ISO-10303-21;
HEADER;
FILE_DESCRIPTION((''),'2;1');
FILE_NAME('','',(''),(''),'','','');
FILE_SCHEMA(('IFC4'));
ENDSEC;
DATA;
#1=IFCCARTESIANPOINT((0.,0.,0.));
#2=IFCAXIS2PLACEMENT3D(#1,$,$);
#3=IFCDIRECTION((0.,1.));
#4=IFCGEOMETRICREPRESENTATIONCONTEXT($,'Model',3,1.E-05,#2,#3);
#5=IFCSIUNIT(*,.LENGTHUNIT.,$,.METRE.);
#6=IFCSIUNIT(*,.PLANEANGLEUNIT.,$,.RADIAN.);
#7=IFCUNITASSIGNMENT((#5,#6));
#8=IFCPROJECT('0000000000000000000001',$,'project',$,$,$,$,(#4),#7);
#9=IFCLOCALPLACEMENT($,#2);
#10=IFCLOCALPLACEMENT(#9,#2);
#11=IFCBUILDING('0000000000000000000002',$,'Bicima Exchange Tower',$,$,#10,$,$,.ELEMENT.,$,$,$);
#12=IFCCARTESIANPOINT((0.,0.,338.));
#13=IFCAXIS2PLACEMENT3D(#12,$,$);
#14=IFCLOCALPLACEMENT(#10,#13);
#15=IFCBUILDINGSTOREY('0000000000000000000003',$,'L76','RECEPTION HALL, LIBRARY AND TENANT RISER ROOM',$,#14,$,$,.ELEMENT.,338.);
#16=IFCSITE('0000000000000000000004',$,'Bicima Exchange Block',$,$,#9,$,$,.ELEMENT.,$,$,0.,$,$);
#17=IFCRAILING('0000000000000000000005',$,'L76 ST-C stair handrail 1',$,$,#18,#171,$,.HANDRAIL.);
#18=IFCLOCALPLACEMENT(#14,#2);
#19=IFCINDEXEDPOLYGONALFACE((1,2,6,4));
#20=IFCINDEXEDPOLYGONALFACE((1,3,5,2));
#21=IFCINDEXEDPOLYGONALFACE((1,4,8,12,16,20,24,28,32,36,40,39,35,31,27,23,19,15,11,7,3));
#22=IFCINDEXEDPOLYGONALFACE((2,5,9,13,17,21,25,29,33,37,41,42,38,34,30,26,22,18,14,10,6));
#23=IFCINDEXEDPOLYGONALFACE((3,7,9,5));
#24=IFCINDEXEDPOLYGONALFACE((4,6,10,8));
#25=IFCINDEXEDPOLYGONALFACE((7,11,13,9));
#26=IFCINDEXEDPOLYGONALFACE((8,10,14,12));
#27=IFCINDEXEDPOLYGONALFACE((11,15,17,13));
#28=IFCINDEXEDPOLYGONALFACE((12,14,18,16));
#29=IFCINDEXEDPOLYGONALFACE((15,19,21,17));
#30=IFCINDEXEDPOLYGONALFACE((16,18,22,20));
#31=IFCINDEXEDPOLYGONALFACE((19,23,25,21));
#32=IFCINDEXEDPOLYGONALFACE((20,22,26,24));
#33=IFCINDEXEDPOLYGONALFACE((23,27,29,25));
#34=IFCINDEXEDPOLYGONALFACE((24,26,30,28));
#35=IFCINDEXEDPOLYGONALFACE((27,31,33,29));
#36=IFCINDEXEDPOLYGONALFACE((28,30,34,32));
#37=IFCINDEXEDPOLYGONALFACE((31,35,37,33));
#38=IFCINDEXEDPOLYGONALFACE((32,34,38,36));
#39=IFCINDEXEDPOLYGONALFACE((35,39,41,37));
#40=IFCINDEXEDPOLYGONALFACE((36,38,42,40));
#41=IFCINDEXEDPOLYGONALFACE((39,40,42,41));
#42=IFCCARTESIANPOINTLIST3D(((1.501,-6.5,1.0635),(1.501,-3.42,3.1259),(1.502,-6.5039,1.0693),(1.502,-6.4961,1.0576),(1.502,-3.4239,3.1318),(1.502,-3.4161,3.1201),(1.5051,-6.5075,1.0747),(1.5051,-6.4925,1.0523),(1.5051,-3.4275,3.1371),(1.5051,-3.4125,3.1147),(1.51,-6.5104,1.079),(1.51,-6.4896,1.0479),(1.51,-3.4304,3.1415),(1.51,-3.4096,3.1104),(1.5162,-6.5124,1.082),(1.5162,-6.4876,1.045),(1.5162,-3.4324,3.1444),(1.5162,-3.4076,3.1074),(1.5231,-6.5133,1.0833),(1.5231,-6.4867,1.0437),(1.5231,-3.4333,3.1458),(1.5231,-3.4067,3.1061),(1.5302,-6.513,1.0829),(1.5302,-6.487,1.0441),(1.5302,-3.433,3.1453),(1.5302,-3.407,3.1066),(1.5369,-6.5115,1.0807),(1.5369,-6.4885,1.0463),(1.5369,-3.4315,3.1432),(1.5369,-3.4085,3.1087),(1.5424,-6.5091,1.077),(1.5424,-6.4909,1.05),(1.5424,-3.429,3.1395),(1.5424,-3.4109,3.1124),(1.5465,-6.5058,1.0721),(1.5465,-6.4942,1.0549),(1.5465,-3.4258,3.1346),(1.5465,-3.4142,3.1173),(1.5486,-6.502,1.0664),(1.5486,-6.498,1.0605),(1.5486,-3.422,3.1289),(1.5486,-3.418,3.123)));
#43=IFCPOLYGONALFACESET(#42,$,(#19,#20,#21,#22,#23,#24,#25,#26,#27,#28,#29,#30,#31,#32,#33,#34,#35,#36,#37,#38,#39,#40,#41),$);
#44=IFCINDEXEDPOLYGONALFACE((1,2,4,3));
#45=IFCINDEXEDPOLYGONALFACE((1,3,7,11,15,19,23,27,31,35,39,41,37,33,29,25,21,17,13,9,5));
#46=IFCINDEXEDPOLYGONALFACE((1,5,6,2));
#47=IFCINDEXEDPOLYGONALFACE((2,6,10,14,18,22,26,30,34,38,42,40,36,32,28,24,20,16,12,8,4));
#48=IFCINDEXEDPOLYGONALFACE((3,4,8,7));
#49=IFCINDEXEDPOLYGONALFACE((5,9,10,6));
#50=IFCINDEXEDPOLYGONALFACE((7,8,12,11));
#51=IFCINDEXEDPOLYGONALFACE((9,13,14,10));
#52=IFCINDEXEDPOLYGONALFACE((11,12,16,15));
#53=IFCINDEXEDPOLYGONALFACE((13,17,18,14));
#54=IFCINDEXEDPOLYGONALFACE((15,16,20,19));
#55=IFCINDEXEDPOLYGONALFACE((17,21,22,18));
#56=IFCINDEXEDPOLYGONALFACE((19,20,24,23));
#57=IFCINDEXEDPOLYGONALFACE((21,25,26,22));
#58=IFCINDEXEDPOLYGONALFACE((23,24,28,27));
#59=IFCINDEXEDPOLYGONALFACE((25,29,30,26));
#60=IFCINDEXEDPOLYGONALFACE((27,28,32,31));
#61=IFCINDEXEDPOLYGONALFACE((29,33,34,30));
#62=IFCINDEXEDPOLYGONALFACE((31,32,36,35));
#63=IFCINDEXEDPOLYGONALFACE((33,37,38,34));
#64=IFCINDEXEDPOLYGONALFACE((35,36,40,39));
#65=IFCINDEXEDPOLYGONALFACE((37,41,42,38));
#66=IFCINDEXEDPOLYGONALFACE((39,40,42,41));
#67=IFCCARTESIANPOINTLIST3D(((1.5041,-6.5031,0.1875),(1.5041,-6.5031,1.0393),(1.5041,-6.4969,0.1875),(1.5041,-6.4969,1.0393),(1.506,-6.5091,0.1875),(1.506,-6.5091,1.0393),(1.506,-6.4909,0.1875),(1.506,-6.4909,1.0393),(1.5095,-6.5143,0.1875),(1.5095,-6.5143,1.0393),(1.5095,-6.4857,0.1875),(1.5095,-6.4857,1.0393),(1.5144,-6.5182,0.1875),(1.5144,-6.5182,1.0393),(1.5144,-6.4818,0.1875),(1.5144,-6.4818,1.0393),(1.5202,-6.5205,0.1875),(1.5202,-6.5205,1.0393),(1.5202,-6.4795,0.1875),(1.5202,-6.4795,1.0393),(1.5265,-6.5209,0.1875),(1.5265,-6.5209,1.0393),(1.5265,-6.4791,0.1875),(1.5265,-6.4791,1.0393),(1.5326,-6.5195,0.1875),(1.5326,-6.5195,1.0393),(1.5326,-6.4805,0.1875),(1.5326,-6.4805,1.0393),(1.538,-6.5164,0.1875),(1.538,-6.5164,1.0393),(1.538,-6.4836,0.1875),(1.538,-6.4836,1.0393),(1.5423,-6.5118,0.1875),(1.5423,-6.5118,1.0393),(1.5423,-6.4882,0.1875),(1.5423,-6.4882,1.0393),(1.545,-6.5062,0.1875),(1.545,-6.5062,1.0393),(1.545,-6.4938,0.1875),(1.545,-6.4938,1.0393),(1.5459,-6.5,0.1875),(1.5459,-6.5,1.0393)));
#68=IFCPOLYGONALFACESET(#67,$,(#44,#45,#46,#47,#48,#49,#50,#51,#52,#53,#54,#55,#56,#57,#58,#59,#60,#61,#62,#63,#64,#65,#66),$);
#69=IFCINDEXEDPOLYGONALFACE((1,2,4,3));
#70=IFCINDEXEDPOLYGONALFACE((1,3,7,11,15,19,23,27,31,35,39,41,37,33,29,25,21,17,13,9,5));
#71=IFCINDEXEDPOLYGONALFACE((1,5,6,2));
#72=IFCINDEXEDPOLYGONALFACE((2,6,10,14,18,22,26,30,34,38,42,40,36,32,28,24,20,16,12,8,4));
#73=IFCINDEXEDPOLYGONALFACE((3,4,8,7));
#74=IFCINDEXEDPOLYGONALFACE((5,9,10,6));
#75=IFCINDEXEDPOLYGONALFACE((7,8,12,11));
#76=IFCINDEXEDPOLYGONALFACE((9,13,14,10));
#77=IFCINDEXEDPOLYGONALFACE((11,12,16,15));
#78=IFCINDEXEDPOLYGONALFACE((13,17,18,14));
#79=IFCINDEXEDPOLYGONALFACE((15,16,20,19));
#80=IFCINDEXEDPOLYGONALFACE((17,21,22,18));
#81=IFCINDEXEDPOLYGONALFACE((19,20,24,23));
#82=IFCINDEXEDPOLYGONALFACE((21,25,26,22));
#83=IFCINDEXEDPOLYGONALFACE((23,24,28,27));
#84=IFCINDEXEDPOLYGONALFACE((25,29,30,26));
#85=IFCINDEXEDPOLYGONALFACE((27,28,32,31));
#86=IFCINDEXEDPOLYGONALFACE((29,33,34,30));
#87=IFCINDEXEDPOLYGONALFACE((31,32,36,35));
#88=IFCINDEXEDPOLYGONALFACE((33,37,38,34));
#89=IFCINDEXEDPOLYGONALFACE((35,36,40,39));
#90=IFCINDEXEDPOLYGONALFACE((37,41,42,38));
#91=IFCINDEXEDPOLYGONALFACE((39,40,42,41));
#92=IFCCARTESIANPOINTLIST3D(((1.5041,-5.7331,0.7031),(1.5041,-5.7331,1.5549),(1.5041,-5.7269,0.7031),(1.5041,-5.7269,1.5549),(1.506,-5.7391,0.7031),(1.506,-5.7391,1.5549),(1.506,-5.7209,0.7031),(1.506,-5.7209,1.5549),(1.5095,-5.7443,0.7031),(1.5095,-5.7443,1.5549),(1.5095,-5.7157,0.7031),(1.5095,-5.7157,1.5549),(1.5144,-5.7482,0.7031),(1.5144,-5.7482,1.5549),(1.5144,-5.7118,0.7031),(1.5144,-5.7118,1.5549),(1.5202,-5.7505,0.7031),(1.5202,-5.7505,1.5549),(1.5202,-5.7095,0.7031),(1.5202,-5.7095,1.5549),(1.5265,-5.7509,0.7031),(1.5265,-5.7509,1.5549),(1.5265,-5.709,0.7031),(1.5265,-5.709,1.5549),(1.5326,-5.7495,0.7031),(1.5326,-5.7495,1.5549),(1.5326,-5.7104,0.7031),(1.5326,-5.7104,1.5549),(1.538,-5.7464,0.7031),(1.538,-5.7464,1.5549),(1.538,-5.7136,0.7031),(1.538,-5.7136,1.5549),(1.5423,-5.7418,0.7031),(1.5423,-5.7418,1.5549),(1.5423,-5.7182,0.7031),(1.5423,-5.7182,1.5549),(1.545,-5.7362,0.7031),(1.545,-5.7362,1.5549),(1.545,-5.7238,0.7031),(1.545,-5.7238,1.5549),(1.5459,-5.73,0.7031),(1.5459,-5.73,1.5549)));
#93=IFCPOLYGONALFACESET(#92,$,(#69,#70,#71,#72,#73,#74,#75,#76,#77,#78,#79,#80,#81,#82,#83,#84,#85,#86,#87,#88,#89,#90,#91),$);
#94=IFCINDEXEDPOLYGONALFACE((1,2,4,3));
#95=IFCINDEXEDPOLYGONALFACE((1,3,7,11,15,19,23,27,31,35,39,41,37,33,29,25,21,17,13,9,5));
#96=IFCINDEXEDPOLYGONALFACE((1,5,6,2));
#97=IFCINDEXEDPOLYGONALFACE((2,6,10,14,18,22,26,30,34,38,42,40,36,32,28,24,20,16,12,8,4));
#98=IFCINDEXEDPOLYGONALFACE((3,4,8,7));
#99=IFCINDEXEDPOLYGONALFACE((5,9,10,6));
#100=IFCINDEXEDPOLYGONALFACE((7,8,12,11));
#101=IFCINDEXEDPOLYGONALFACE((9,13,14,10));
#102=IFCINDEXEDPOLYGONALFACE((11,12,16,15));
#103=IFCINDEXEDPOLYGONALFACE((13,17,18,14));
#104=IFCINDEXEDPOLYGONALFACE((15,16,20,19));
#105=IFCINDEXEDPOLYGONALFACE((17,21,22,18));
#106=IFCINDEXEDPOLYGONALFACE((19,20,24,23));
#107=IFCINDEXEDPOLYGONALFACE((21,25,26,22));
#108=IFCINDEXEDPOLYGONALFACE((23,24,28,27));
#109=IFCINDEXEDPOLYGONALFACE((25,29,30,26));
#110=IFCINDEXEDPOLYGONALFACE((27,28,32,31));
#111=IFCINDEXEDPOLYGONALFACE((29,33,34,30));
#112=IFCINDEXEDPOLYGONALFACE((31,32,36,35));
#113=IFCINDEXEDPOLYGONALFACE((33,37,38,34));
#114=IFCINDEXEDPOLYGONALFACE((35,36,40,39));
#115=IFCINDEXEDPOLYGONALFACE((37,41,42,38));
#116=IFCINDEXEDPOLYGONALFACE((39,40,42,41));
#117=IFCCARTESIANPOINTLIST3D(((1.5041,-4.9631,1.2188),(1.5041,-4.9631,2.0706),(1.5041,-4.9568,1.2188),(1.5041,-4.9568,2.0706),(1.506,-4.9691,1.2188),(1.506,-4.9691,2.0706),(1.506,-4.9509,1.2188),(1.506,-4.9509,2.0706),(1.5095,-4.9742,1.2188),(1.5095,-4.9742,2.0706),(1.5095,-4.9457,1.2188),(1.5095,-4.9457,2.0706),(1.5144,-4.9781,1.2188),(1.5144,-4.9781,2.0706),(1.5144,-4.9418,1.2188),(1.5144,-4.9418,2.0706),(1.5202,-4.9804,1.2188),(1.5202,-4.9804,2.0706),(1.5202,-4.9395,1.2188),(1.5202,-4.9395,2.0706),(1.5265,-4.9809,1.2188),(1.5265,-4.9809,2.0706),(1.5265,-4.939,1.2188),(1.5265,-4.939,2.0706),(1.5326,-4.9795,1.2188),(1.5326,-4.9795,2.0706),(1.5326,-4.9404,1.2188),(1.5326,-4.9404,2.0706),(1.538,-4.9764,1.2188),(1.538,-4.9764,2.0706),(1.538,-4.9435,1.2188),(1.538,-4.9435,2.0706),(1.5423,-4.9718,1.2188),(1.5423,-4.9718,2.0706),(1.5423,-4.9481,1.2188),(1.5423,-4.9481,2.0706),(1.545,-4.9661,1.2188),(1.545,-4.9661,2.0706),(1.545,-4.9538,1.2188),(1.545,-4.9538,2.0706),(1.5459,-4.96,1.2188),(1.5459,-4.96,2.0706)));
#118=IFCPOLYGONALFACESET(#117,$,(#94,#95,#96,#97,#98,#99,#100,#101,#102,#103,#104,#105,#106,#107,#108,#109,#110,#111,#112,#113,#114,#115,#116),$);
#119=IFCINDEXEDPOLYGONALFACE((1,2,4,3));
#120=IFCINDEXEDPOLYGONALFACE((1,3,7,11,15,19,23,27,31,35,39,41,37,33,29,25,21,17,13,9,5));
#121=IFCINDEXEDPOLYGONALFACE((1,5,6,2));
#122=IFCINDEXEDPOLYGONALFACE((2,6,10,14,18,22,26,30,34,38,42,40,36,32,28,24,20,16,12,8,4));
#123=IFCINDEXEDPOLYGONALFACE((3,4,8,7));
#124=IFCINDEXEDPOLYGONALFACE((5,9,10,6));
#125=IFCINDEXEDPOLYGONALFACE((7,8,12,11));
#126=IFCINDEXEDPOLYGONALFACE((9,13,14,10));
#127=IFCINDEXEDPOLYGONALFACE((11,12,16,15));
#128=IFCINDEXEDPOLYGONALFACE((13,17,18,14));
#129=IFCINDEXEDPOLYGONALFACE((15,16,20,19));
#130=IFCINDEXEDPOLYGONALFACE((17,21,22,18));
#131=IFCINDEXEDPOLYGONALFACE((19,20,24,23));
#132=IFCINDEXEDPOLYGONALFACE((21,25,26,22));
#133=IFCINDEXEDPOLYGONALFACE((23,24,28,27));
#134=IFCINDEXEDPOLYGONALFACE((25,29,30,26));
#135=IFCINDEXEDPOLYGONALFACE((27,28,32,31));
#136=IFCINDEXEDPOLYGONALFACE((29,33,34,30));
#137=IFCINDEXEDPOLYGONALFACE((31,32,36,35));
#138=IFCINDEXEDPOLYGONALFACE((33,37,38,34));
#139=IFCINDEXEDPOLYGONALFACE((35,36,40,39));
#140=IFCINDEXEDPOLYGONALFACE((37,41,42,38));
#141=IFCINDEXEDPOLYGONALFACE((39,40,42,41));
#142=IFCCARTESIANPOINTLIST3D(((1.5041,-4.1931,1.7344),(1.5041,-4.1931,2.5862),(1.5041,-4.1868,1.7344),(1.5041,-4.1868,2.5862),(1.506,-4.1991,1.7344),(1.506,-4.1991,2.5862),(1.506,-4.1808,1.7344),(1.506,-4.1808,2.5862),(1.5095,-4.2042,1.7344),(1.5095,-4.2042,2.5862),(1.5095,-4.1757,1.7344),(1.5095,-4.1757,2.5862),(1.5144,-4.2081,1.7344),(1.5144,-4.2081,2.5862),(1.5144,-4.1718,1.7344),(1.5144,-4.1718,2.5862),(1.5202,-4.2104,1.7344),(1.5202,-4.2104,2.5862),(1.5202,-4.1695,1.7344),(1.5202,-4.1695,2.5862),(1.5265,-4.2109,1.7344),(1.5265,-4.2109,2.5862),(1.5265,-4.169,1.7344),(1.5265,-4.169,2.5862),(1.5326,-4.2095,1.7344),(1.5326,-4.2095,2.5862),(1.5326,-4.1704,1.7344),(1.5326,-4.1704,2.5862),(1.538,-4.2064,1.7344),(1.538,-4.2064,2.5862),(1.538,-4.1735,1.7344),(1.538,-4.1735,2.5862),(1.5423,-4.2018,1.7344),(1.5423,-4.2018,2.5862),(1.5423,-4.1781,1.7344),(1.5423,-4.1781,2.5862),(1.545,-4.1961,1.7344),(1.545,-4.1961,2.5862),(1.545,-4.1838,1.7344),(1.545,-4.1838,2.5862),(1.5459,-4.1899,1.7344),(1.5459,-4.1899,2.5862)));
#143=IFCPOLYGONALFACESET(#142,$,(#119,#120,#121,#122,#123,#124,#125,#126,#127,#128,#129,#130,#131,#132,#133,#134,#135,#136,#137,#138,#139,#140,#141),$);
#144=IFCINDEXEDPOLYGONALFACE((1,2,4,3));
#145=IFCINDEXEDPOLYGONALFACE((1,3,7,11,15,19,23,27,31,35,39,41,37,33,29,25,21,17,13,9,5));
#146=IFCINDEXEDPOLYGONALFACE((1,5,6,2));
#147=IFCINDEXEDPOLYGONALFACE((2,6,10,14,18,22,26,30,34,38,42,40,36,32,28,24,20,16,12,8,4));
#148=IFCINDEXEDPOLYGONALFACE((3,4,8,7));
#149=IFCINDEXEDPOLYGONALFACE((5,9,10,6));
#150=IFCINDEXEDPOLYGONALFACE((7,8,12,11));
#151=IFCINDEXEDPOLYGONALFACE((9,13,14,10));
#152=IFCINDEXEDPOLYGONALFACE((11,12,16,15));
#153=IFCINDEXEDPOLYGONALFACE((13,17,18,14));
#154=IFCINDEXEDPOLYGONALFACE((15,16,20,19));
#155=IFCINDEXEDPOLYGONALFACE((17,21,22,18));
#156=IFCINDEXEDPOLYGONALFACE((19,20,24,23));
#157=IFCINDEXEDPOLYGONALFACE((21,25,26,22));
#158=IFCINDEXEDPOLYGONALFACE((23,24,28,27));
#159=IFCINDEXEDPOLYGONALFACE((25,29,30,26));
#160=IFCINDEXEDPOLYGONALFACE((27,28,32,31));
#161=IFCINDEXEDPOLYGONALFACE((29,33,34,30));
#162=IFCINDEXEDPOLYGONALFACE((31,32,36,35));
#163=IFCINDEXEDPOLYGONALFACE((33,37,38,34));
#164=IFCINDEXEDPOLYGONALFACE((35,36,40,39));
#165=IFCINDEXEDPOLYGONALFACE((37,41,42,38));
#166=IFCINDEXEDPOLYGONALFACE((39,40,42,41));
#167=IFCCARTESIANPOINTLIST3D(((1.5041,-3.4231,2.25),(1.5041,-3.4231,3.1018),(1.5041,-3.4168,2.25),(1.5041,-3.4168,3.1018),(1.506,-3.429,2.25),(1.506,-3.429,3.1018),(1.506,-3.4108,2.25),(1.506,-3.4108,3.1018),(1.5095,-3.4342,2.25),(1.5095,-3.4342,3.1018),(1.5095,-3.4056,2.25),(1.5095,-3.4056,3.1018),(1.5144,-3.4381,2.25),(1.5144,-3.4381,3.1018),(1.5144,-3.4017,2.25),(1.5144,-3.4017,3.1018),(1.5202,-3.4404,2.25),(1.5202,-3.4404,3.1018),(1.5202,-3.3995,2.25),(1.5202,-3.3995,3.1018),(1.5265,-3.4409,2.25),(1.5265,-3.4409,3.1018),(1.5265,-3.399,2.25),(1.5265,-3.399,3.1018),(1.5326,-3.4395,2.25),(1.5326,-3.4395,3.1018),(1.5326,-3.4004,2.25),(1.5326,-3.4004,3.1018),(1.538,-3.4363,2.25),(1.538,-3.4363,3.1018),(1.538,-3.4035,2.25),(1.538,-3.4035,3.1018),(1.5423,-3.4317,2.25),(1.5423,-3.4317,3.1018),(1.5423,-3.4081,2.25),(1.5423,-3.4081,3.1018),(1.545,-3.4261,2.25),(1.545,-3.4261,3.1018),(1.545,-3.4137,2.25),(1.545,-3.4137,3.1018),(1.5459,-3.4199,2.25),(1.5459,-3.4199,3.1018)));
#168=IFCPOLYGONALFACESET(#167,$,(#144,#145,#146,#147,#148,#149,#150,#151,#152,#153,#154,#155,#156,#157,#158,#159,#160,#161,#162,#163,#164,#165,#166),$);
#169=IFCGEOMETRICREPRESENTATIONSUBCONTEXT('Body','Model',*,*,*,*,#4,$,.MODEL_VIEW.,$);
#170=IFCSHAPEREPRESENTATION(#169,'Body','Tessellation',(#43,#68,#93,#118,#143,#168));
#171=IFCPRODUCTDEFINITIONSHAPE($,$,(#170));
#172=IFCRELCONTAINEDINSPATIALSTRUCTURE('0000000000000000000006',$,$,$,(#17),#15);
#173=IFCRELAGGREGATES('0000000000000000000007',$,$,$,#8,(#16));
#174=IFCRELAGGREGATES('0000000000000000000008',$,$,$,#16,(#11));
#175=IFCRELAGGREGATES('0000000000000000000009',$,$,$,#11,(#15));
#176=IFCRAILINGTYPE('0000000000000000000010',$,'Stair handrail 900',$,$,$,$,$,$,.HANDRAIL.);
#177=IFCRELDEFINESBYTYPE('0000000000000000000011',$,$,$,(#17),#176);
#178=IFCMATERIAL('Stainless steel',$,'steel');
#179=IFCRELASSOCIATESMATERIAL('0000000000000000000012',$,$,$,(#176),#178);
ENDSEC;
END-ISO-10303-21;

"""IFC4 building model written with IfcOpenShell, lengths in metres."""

from ifc_helpers import new_model, si_unit, direction, frame, origin, origin_2d, place, context, subcontext, project, spatial, circle, extrude, material, type_object, element, save


model = new_model("IFC4")

# Units and contexts
model_context = context("Model", 3, precision=1e-05, world=origin(), true_north=direction((0.0, 1.0)))
body_context = subcontext(model_context, "Body", "Model", "MODEL_VIEW")
ifc_project = project(units=[si_unit("LENGTHUNIT", "METRE"), si_unit("PLANEANGLEUNIT", "RADIAN")], contexts=[model_context])

# Site, building, storey
site_placement = place(None, origin())
site = spatial("IfcSite", under=ifc_project, at=site_placement, Name="Bicima Exchange Block", CompositionType="ELEMENT", RefElevation=0.0)
building_placement = place(site_placement, origin())
building = spatial("IfcBuilding", under=site, at=building_placement, Name="Bicima Exchange Tower", CompositionType="ELEMENT")
storey_placement = place(building_placement, frame((0.0, 0.0, 338.0)))
storey = spatial("IfcBuildingStorey", under=building, at=storey_placement, Name="L76", Description="RECEPTION HALL, LIBRARY AND TENANT RISER ROOM", CompositionType="ELEMENT", Elevation=338.0)

# Shared definitions
ifc_material_1 = material(Name="Stainless steel", Category="steel")

# Railing
railing_type_1 = type_object("IfcRailingType", Name="Stair handrail 900", PredefinedType="HANDRAIL", material=ifc_material_1)
railing_1_placement = place(storey_placement, frame((1.5249, -6.5, 0.1875)))
element("IfcRailing", 1, at=railing_1_placement, inside=storey, type_object=railing_type_1, Name="L76 ST-C stair handrail 1", PredefinedType="HANDRAIL", context=body_context, shape_type="SweptSolid", body=[
    extrude(circle(Radius=0.0239, at=origin_2d()), frame((0.0, 0.0, 0.876), z_axis=(0.0, 0.830914, 0.556401), x_axis=(-1.0, 0.0, 0.0)), (0.0, 0.0, 1.0), 3.7068),
    extrude(circle(Radius=0.021, at=origin_2d()), origin(), (0.0, 0.0, 1.0), 0.8518),
    extrude(circle(Radius=0.021, at=origin_2d()), frame((0.0, 0.77, 0.5156)), (0.0, 0.0, 1.0), 0.8518),
    extrude(circle(Radius=0.021, at=origin_2d()), frame((0.0, 1.54, 1.0312)), (0.0, 0.0, 1.0), 0.8518),
    extrude(circle(Radius=0.021, at=origin_2d()), frame((0.0, 2.3101, 1.5469)), (0.0, 0.0, 1.0), 0.8518),
    extrude(circle(Radius=0.021, at=origin_2d()), frame((0.0, 3.0801, 2.0625)), (0.0, 0.0, 1.0), 0.8518),
])

save(model, "model.ifc")
